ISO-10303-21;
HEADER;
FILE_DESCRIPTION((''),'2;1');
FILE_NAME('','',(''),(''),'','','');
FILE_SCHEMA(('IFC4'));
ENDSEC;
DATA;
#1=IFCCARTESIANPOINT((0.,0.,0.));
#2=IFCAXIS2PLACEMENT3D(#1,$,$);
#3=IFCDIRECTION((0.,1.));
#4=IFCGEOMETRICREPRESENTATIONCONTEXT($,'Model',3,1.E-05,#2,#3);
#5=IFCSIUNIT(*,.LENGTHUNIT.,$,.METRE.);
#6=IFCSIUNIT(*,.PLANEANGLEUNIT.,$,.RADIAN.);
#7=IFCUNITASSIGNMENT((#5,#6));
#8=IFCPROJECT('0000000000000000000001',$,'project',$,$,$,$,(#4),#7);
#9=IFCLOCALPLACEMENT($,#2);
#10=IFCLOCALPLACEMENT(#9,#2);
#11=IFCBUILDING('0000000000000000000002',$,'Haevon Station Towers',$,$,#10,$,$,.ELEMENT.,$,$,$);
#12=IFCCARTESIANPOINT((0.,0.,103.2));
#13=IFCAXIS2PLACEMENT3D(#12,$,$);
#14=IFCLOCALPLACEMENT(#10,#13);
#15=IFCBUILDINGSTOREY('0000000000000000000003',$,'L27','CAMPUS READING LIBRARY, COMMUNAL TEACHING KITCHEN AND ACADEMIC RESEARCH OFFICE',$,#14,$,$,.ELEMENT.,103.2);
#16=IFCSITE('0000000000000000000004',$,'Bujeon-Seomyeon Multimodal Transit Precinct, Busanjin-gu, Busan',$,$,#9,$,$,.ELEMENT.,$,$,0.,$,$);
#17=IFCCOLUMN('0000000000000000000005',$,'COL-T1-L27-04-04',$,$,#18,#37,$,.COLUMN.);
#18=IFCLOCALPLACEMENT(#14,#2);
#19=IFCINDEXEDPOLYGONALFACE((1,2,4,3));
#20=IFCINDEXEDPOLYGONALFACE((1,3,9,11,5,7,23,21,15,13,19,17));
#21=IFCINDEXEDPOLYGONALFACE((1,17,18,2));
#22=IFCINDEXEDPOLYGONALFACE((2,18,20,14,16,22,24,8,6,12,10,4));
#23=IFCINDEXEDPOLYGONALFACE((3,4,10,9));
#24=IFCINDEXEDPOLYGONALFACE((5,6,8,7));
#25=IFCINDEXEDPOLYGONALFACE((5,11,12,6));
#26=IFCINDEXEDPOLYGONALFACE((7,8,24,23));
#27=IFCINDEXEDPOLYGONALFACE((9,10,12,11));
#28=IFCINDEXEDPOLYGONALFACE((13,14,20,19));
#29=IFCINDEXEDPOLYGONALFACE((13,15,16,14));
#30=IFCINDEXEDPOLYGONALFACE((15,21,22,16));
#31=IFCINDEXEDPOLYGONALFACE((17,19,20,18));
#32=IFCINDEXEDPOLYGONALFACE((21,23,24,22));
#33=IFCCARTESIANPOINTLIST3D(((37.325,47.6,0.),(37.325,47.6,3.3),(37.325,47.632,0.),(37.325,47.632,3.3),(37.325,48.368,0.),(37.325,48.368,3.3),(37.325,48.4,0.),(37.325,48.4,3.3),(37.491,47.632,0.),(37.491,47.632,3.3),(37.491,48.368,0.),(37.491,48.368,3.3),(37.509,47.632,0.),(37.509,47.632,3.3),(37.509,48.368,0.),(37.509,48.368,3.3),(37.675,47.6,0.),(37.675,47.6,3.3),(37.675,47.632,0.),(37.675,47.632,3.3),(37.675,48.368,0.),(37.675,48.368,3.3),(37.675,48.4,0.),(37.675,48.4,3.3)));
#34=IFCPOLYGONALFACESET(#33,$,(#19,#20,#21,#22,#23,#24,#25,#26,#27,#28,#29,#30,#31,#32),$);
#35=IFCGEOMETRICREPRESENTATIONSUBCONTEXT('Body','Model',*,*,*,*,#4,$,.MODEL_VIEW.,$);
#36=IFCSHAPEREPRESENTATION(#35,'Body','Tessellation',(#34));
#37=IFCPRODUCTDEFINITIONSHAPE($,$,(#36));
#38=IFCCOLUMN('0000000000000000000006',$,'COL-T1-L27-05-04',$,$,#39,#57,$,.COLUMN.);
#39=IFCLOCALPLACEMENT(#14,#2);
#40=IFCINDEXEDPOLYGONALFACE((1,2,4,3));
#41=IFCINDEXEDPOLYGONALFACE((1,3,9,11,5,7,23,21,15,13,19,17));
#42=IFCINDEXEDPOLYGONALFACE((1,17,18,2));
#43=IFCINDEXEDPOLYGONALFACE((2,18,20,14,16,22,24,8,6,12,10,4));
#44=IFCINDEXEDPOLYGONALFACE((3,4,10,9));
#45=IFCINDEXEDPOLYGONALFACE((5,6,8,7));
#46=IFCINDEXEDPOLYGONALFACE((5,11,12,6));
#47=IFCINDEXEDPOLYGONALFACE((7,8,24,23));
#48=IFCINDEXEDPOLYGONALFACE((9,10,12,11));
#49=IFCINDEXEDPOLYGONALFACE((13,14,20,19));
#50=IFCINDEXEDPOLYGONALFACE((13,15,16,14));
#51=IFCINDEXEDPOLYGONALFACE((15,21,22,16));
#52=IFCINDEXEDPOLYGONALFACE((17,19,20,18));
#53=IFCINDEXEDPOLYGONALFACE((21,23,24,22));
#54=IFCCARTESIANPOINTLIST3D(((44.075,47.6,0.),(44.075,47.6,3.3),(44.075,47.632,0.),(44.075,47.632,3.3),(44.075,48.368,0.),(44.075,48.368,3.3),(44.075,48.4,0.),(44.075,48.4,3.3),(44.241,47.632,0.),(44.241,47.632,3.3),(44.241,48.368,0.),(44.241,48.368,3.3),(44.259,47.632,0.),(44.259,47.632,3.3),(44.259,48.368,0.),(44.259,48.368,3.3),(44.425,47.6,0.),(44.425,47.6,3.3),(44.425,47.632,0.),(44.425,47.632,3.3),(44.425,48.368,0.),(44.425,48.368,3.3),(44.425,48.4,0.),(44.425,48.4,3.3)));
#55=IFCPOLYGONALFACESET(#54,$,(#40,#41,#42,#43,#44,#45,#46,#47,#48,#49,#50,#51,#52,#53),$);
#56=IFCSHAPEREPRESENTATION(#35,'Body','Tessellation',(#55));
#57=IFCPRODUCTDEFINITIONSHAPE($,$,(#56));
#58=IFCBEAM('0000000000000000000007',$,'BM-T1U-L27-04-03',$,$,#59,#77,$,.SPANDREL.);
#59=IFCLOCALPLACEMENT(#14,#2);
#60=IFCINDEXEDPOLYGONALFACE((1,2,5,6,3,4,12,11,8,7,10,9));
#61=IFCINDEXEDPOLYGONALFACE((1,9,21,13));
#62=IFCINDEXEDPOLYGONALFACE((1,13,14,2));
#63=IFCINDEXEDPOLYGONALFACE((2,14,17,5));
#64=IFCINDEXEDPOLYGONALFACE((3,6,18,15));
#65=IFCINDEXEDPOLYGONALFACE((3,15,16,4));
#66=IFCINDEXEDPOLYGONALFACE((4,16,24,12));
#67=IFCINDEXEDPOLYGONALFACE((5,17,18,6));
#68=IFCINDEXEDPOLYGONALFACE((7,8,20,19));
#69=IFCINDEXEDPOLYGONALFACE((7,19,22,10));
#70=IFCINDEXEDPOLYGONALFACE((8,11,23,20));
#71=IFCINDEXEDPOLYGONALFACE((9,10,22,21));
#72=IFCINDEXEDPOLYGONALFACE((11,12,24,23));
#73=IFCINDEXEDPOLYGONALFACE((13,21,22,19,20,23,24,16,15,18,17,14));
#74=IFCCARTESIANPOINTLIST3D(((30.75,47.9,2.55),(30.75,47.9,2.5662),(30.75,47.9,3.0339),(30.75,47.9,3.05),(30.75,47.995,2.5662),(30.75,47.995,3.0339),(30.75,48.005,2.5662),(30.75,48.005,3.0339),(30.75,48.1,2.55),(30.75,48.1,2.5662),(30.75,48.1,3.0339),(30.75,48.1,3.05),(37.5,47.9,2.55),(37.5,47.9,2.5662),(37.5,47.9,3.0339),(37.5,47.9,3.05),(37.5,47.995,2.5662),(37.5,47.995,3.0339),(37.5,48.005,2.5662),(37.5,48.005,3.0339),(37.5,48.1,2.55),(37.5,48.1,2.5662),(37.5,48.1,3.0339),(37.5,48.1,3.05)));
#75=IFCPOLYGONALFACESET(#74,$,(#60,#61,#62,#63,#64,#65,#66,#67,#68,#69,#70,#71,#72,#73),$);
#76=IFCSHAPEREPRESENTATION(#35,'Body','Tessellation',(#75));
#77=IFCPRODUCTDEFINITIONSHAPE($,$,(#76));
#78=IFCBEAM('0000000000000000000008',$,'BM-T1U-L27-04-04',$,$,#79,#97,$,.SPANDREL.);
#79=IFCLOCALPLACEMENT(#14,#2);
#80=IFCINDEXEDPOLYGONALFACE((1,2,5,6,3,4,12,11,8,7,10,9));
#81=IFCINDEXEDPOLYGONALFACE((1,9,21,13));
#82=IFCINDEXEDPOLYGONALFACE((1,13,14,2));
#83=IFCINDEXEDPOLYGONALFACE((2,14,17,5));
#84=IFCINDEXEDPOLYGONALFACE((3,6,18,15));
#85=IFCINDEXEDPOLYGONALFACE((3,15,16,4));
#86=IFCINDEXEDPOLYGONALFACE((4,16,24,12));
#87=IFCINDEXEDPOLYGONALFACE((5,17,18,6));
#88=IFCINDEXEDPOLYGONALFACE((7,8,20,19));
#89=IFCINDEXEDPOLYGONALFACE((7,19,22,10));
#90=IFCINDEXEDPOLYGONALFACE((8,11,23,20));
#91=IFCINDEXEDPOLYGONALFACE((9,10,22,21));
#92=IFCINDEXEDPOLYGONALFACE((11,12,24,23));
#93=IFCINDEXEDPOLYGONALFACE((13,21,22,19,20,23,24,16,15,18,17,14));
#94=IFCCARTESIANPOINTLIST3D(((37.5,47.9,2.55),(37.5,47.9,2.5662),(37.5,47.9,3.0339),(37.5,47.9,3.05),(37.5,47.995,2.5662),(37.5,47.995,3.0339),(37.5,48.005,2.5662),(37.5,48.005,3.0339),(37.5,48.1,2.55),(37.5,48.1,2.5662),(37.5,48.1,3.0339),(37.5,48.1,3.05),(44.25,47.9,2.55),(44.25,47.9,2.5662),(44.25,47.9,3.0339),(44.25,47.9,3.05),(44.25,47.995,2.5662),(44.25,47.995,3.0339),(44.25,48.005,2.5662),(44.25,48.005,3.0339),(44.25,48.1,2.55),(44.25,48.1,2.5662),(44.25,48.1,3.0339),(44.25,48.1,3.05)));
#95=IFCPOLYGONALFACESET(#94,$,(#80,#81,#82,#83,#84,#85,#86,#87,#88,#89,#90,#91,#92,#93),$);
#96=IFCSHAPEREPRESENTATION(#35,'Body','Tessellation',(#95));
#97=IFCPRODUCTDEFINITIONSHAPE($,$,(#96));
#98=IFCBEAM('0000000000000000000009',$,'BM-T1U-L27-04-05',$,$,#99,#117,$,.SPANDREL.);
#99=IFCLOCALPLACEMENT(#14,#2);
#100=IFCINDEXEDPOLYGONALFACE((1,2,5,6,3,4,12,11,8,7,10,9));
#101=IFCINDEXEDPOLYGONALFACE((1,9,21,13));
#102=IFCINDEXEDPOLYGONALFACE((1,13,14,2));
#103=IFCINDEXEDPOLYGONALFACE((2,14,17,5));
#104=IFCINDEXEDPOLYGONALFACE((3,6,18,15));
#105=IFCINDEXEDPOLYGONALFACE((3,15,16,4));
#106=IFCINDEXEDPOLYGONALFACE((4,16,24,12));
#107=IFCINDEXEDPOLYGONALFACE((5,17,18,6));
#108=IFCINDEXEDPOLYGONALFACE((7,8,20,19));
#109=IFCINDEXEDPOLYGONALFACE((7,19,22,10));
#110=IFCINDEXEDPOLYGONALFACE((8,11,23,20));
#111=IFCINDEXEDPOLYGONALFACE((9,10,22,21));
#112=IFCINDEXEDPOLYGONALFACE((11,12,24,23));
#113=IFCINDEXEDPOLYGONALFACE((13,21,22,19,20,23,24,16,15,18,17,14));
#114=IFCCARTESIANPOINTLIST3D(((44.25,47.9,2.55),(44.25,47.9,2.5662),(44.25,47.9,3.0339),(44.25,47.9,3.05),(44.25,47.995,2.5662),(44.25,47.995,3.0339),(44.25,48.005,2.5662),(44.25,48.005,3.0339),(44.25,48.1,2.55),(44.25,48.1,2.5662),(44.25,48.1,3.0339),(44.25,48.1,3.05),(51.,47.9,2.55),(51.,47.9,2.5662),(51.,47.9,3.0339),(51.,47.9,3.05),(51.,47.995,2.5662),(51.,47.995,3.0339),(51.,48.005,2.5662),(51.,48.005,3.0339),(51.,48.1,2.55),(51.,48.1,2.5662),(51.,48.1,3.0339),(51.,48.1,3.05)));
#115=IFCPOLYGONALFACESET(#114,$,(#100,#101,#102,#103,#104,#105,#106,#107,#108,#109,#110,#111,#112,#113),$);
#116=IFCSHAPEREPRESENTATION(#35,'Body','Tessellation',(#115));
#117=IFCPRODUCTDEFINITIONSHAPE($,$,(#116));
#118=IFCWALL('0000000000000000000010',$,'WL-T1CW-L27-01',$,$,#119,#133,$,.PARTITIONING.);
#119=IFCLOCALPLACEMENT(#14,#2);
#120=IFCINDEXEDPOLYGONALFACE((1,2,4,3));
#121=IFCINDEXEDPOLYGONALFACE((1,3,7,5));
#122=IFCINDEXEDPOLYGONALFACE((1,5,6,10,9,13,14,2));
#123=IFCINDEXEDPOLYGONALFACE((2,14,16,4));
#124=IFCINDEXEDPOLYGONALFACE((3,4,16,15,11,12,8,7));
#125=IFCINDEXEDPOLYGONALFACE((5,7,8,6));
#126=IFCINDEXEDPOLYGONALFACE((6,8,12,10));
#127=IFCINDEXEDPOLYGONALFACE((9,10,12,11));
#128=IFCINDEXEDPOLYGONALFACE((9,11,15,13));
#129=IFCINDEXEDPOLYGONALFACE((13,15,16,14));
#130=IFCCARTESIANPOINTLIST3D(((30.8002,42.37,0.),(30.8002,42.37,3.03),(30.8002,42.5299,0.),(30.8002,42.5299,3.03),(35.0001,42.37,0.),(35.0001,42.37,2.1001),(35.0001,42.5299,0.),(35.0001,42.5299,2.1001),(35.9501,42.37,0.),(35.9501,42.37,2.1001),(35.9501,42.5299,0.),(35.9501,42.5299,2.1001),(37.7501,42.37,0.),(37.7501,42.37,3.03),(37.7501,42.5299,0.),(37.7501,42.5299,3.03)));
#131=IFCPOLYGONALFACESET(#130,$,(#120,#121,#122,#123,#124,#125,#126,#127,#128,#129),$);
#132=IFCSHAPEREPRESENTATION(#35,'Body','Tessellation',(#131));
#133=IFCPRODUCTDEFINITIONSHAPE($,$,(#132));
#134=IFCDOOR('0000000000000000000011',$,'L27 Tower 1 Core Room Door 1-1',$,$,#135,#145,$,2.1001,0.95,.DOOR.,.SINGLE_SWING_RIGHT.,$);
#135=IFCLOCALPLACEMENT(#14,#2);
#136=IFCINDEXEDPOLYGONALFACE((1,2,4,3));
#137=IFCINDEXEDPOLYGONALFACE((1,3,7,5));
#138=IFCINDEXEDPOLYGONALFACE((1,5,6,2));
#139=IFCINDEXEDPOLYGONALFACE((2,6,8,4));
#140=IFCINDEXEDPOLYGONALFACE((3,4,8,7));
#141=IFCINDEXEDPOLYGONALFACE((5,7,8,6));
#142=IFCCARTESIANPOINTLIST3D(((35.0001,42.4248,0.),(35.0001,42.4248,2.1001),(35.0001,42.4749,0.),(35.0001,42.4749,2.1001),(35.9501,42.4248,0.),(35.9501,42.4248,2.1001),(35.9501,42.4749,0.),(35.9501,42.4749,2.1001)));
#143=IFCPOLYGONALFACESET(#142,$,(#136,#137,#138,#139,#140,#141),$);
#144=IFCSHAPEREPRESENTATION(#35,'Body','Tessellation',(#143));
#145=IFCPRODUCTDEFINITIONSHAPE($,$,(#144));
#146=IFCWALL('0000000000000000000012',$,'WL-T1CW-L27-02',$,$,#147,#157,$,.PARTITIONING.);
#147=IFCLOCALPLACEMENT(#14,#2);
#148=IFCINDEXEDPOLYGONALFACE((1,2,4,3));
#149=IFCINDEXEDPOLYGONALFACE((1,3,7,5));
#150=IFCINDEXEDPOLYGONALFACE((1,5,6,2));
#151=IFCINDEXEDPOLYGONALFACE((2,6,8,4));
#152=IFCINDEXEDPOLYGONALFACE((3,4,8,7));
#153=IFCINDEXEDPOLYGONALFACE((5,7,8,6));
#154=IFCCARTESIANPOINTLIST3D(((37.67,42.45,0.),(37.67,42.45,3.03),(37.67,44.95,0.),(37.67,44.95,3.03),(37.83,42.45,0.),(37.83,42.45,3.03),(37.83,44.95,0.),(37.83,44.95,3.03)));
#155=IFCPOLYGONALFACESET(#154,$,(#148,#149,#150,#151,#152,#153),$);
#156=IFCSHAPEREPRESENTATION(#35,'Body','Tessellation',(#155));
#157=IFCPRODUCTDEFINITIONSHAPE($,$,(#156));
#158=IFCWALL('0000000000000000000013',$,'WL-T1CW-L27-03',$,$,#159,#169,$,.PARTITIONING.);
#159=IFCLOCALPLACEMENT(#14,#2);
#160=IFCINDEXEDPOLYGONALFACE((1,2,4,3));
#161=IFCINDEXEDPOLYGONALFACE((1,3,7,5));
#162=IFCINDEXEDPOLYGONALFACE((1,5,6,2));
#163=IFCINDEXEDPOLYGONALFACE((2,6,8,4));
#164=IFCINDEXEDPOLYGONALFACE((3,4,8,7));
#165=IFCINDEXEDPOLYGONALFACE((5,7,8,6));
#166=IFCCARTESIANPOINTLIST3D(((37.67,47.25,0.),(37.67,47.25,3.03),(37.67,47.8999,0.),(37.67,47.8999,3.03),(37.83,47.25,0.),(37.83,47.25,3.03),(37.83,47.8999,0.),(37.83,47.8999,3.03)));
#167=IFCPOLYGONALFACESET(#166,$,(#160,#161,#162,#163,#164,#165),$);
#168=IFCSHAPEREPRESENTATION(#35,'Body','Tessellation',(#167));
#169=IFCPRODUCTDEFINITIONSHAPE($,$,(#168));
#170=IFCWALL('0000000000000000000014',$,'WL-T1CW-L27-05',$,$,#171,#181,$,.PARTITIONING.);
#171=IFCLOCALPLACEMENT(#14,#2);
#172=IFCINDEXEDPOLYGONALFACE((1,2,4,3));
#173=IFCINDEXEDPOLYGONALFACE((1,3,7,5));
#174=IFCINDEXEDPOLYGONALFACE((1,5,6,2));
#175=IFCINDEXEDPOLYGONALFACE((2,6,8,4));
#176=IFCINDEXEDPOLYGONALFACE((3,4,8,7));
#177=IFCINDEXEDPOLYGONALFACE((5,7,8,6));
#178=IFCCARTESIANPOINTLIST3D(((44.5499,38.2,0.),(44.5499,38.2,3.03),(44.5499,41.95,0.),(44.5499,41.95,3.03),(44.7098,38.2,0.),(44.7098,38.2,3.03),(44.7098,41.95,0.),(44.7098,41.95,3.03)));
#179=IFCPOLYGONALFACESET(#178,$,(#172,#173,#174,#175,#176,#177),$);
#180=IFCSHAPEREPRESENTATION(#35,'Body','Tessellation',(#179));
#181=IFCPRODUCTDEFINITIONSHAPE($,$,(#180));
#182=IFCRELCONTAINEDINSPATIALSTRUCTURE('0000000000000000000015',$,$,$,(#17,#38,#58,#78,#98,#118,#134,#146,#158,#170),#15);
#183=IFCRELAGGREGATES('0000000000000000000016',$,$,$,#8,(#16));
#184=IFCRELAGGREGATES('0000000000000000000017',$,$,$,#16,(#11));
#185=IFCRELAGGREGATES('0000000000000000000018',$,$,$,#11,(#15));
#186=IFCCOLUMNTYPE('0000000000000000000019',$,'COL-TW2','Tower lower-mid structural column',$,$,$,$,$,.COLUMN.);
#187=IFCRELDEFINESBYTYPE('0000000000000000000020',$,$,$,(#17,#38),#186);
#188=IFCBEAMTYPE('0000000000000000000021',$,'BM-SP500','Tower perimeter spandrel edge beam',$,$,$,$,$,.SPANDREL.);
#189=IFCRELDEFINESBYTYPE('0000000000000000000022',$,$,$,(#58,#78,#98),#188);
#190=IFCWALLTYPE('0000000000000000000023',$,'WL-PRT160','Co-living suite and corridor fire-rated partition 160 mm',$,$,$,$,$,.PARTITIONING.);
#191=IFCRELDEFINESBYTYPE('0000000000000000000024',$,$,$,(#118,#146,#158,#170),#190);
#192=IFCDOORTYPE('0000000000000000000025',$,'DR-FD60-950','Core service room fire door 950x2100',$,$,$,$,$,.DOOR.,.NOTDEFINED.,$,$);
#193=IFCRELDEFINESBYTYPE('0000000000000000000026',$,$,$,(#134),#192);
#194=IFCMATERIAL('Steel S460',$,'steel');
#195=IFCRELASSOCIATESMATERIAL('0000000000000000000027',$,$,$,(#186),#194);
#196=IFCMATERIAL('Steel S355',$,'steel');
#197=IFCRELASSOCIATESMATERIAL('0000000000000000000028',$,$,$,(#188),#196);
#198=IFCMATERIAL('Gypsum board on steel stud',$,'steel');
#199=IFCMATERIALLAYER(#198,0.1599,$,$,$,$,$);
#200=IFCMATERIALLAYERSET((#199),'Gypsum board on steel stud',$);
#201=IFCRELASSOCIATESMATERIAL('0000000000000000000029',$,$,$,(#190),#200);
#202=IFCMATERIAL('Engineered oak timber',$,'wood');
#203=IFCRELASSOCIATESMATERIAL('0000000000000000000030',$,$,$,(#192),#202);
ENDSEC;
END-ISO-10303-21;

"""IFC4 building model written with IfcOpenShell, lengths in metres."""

from ifc_helpers import new_model, si_unit, direction, frame, frame_2d, origin, origin_2d, place, context, subcontext, project, spatial, rectangle, i_section, extrude, material, layer, layer_set, material_profile, profile_set, type_object, element, fill, save


model = new_model("IFC4")

# Units and contexts
model_context = context("Model", 3, precision=1e-05, world=origin(), true_north=direction((0.0, 1.0)))
body_context = subcontext(model_context, "Body", "Model", "MODEL_VIEW")
ifc_project = project(units=[si_unit("LENGTHUNIT", "METRE"), si_unit("PLANEANGLEUNIT", "RADIAN")], contexts=[model_context])

# Site, building, storey
site_placement = place(None, origin())
site = spatial("IfcSite", under=ifc_project, at=site_placement, Name="Bujeon-Seomyeon Multimodal Transit Precinct, Busanjin-gu, Busan", CompositionType="ELEMENT", RefElevation=0.0)
building_placement = place(site_placement, origin())
building = spatial("IfcBuilding", under=site, at=building_placement, Name="Haevon Station Towers", CompositionType="ELEMENT")
storey_placement = place(building_placement, frame((0.0, 0.0, 103.2)))
storey = spatial("IfcBuildingStorey", under=building, at=storey_placement, Name="L27", Description="CAMPUS READING LIBRARY, COMMUNAL TEACHING KITCHEN AND ACADEMIC RESEARCH OFFICE", CompositionType="ELEMENT", Elevation=103.2)

# Columns
ifc_material_1 = material(Name="Steel S460", Category="steel")
ifc_material_profile_1 = material_profile(ifc_material_1, i_section(OverallWidth=0.3501, OverallDepth=0.8, WebThickness=0.0181, FlangeThickness=0.032, at=origin_2d()), Name="H-800x350x18x32")
ifc_profile_set_1 = profile_set([ifc_material_profile_1], Name="Steel S460")
column_type = type_object("IfcColumnType", Name="COL-TW2", Description="Tower lower-mid structural column", PredefinedType="COLUMN", material=ifc_profile_set_1)
for number, where, z_axis, x_axis, name in (
    (1, (37.5, 48.0, 0.0), (0.0, 0.0, 1.0), (1.0, 0.0, 0.0), "COL-T1-L27-04-04"),
    (2, (44.25, 48.0, 0.0), (0.0, 0.0, 1.0), (1.0, 0.0, 0.0), "COL-T1-L27-05-04"),
):
    element("IfcColumn", number, at=place(storey_placement, frame(where, z_axis=z_axis, x_axis=x_axis)), inside=storey, type_object=column_type, Name=name, PredefinedType="COLUMN", context=body_context, shape_type="SweptSolid", body=[
        extrude(i_section(OverallWidth=0.3501, OverallDepth=0.8, WebThickness=0.0181, FlangeThickness=0.032, at=origin_2d()), origin(), (0.0, 0.0, 1.0), 3.3),
    ])

# Beams
ifc_material_2 = material(Name="Steel S355", Category="steel")
ifc_material_profile_2 = material_profile(ifc_material_2, i_section(OverallWidth=0.2, OverallDepth=0.5, WebThickness=0.01, FlangeThickness=0.0161, at=origin_2d()), Name="H-500x200x10x16")
ifc_profile_set_2 = profile_set([ifc_material_profile_2], Name="Steel S355")
beam_type = type_object("IfcBeamType", Name="BM-SP500", Description="Tower perimeter spandrel edge beam", PredefinedType="SPANDREL", material=ifc_profile_set_2)
for number, where, z_axis, x_axis, name in (
    (3, (30.75, 48.0, 2.8), (1.0, 0.0, 0.0), (0.0, 1.0, 0.0), "BM-T1U-L27-04-03"),
    (4, (37.5, 48.0, 2.8), (1.0, 0.0, 0.0), (0.0, 1.0, 0.0), "BM-T1U-L27-04-04"),
    (5, (44.25, 48.0, 2.8), (1.0, 0.0, 0.0), (0.0, 1.0, 0.0), "BM-T1U-L27-04-05"),
):
    element("IfcBeam", number, at=place(storey_placement, frame(where, z_axis=z_axis, x_axis=x_axis)), inside=storey, type_object=beam_type, Name=name, PredefinedType="SPANDREL", context=body_context, shape_type="SweptSolid", body=[
        extrude(i_section(OverallWidth=0.2, OverallDepth=0.5, WebThickness=0.01, FlangeThickness=0.0161, at=origin_2d()), origin(), (0.0, 0.0, 1.0), 6.75),
    ])

# Wall, opening, door
ifc_material_3 = material(Name="Gypsum board on steel stud", Category="steel")
ifc_layer_1 = layer(ifc_material_3, 0.1599)
ifc_layer_set_1 = layer_set([ifc_layer_1], Name="Gypsum board on steel stud")
wall_type_1 = type_object("IfcWallType", Name="WL-PRT160", Description="Co-living suite and corridor fire-rated partition 160 mm", PredefinedType="PARTITIONING", material=ifc_layer_set_1)
wall_1_placement = place(storey_placement, frame((30.8, 42.45, 0.0), z_axis=(0.0, 0.0, 1.0), x_axis=(1.0, 0.0, 0.0)))
wall_1 = element("IfcWall", 6, at=wall_1_placement, inside=storey, type_object=wall_type_1, Name="WL-T1CW-L27-01", PredefinedType="PARTITIONING", context=body_context, shape_type="SweptSolid", body=[
    extrude(rectangle(XDim=6.95, YDim=0.1599, at=frame_2d((3.4751, 0.0))), origin(), (0.0, 0.0, 1.0), 3.03),
])
opening_1_placement = place(wall_1_placement, frame((4.2, 0.0, 0.0)))
opening_1 = element("IfcOpeningElement", 7, at=opening_1_placement, cuts=wall_1, PredefinedType="OPENING", context=body_context, shape_type="SweptSolid", body=[
    extrude(rectangle(XDim=0.95, YDim=2.1001, at=frame_2d((0.4751, 1.05))), frame((0.0, 0.0898, 0.0), z_axis=(0.0, -1.0, 0.0), x_axis=(1.0, 0.0, 0.0)), (0.0, 0.0, 1.0), 0.1799),
])
ifc_material_4 = material(Name="Engineered oak timber", Category="wood")
door_type_1 = type_object("IfcDoorType", Name="DR-FD60-950", Description="Core service room fire door 950x2100", OperationType="NOTDEFINED", PredefinedType="DOOR", material=ifc_material_4)
door_1_placement = place(opening_1_placement, origin())
door_1 = element("IfcDoor", 8, at=door_1_placement, inside=storey, type_object=door_type_1, Name="L27 Tower 1 Core Room Door 1-1", OperationType="SINGLE_SWING_RIGHT", OverallHeight=2.1001, OverallWidth=0.95, PredefinedType="DOOR", context=body_context, shape_type="SweptSolid", body=[
    extrude(rectangle(XDim=0.95, YDim=2.1001, at=frame_2d((0.4751, 1.05))), frame((0.0, 0.0249, 0.0), z_axis=(0.0, -1.0, 0.0), x_axis=(1.0, 0.0, 0.0)), (0.0, 0.0, 1.0), 0.05),
])
fill(opening_1, door_1)

# Walls
wall_2_placement = place(storey_placement, frame((37.75, 42.45, 0.0), z_axis=(0.0, 0.0, 1.0), x_axis=(0.0, 1.0, 0.0)))
element("IfcWall", 9, at=wall_2_placement, inside=storey, type_object=wall_type_1, Name="WL-T1CW-L27-02", PredefinedType="PARTITIONING", context=body_context, shape_type="SweptSolid", body=[
    extrude(rectangle(XDim=2.5, YDim=0.1599, at=frame_2d((1.25, 0.0))), origin(), (0.0, 0.0, 1.0), 3.03),
])
wall_3_placement = place(storey_placement, frame((37.75, 47.25, 0.0), z_axis=(0.0, 0.0, 1.0), x_axis=(0.0, 1.0, 0.0)))
element("IfcWall", 10, at=wall_3_placement, inside=storey, type_object=wall_type_1, Name="WL-T1CW-L27-03", PredefinedType="PARTITIONING", context=body_context, shape_type="SweptSolid", body=[
    extrude(rectangle(XDim=0.6499, YDim=0.1599, at=frame_2d((0.325, 0.0))), origin(), (0.0, 0.0, 1.0), 3.03),
])
wall_4_placement = place(storey_placement, frame((44.6299, 38.2, 0.0), z_axis=(0.0, 0.0, 1.0), x_axis=(0.0, 1.0, 0.0)))
element("IfcWall", 11, at=wall_4_placement, inside=storey, type_object=wall_type_1, Name="WL-T1CW-L27-05", PredefinedType="PARTITIONING", context=body_context, shape_type="SweptSolid", body=[
    extrude(rectangle(XDim=3.75, YDim=0.1599, at=frame_2d((1.875, 0.0))), origin(), (0.0, 0.0, 1.0), 3.03),
])

save(model, "model.ifc")
